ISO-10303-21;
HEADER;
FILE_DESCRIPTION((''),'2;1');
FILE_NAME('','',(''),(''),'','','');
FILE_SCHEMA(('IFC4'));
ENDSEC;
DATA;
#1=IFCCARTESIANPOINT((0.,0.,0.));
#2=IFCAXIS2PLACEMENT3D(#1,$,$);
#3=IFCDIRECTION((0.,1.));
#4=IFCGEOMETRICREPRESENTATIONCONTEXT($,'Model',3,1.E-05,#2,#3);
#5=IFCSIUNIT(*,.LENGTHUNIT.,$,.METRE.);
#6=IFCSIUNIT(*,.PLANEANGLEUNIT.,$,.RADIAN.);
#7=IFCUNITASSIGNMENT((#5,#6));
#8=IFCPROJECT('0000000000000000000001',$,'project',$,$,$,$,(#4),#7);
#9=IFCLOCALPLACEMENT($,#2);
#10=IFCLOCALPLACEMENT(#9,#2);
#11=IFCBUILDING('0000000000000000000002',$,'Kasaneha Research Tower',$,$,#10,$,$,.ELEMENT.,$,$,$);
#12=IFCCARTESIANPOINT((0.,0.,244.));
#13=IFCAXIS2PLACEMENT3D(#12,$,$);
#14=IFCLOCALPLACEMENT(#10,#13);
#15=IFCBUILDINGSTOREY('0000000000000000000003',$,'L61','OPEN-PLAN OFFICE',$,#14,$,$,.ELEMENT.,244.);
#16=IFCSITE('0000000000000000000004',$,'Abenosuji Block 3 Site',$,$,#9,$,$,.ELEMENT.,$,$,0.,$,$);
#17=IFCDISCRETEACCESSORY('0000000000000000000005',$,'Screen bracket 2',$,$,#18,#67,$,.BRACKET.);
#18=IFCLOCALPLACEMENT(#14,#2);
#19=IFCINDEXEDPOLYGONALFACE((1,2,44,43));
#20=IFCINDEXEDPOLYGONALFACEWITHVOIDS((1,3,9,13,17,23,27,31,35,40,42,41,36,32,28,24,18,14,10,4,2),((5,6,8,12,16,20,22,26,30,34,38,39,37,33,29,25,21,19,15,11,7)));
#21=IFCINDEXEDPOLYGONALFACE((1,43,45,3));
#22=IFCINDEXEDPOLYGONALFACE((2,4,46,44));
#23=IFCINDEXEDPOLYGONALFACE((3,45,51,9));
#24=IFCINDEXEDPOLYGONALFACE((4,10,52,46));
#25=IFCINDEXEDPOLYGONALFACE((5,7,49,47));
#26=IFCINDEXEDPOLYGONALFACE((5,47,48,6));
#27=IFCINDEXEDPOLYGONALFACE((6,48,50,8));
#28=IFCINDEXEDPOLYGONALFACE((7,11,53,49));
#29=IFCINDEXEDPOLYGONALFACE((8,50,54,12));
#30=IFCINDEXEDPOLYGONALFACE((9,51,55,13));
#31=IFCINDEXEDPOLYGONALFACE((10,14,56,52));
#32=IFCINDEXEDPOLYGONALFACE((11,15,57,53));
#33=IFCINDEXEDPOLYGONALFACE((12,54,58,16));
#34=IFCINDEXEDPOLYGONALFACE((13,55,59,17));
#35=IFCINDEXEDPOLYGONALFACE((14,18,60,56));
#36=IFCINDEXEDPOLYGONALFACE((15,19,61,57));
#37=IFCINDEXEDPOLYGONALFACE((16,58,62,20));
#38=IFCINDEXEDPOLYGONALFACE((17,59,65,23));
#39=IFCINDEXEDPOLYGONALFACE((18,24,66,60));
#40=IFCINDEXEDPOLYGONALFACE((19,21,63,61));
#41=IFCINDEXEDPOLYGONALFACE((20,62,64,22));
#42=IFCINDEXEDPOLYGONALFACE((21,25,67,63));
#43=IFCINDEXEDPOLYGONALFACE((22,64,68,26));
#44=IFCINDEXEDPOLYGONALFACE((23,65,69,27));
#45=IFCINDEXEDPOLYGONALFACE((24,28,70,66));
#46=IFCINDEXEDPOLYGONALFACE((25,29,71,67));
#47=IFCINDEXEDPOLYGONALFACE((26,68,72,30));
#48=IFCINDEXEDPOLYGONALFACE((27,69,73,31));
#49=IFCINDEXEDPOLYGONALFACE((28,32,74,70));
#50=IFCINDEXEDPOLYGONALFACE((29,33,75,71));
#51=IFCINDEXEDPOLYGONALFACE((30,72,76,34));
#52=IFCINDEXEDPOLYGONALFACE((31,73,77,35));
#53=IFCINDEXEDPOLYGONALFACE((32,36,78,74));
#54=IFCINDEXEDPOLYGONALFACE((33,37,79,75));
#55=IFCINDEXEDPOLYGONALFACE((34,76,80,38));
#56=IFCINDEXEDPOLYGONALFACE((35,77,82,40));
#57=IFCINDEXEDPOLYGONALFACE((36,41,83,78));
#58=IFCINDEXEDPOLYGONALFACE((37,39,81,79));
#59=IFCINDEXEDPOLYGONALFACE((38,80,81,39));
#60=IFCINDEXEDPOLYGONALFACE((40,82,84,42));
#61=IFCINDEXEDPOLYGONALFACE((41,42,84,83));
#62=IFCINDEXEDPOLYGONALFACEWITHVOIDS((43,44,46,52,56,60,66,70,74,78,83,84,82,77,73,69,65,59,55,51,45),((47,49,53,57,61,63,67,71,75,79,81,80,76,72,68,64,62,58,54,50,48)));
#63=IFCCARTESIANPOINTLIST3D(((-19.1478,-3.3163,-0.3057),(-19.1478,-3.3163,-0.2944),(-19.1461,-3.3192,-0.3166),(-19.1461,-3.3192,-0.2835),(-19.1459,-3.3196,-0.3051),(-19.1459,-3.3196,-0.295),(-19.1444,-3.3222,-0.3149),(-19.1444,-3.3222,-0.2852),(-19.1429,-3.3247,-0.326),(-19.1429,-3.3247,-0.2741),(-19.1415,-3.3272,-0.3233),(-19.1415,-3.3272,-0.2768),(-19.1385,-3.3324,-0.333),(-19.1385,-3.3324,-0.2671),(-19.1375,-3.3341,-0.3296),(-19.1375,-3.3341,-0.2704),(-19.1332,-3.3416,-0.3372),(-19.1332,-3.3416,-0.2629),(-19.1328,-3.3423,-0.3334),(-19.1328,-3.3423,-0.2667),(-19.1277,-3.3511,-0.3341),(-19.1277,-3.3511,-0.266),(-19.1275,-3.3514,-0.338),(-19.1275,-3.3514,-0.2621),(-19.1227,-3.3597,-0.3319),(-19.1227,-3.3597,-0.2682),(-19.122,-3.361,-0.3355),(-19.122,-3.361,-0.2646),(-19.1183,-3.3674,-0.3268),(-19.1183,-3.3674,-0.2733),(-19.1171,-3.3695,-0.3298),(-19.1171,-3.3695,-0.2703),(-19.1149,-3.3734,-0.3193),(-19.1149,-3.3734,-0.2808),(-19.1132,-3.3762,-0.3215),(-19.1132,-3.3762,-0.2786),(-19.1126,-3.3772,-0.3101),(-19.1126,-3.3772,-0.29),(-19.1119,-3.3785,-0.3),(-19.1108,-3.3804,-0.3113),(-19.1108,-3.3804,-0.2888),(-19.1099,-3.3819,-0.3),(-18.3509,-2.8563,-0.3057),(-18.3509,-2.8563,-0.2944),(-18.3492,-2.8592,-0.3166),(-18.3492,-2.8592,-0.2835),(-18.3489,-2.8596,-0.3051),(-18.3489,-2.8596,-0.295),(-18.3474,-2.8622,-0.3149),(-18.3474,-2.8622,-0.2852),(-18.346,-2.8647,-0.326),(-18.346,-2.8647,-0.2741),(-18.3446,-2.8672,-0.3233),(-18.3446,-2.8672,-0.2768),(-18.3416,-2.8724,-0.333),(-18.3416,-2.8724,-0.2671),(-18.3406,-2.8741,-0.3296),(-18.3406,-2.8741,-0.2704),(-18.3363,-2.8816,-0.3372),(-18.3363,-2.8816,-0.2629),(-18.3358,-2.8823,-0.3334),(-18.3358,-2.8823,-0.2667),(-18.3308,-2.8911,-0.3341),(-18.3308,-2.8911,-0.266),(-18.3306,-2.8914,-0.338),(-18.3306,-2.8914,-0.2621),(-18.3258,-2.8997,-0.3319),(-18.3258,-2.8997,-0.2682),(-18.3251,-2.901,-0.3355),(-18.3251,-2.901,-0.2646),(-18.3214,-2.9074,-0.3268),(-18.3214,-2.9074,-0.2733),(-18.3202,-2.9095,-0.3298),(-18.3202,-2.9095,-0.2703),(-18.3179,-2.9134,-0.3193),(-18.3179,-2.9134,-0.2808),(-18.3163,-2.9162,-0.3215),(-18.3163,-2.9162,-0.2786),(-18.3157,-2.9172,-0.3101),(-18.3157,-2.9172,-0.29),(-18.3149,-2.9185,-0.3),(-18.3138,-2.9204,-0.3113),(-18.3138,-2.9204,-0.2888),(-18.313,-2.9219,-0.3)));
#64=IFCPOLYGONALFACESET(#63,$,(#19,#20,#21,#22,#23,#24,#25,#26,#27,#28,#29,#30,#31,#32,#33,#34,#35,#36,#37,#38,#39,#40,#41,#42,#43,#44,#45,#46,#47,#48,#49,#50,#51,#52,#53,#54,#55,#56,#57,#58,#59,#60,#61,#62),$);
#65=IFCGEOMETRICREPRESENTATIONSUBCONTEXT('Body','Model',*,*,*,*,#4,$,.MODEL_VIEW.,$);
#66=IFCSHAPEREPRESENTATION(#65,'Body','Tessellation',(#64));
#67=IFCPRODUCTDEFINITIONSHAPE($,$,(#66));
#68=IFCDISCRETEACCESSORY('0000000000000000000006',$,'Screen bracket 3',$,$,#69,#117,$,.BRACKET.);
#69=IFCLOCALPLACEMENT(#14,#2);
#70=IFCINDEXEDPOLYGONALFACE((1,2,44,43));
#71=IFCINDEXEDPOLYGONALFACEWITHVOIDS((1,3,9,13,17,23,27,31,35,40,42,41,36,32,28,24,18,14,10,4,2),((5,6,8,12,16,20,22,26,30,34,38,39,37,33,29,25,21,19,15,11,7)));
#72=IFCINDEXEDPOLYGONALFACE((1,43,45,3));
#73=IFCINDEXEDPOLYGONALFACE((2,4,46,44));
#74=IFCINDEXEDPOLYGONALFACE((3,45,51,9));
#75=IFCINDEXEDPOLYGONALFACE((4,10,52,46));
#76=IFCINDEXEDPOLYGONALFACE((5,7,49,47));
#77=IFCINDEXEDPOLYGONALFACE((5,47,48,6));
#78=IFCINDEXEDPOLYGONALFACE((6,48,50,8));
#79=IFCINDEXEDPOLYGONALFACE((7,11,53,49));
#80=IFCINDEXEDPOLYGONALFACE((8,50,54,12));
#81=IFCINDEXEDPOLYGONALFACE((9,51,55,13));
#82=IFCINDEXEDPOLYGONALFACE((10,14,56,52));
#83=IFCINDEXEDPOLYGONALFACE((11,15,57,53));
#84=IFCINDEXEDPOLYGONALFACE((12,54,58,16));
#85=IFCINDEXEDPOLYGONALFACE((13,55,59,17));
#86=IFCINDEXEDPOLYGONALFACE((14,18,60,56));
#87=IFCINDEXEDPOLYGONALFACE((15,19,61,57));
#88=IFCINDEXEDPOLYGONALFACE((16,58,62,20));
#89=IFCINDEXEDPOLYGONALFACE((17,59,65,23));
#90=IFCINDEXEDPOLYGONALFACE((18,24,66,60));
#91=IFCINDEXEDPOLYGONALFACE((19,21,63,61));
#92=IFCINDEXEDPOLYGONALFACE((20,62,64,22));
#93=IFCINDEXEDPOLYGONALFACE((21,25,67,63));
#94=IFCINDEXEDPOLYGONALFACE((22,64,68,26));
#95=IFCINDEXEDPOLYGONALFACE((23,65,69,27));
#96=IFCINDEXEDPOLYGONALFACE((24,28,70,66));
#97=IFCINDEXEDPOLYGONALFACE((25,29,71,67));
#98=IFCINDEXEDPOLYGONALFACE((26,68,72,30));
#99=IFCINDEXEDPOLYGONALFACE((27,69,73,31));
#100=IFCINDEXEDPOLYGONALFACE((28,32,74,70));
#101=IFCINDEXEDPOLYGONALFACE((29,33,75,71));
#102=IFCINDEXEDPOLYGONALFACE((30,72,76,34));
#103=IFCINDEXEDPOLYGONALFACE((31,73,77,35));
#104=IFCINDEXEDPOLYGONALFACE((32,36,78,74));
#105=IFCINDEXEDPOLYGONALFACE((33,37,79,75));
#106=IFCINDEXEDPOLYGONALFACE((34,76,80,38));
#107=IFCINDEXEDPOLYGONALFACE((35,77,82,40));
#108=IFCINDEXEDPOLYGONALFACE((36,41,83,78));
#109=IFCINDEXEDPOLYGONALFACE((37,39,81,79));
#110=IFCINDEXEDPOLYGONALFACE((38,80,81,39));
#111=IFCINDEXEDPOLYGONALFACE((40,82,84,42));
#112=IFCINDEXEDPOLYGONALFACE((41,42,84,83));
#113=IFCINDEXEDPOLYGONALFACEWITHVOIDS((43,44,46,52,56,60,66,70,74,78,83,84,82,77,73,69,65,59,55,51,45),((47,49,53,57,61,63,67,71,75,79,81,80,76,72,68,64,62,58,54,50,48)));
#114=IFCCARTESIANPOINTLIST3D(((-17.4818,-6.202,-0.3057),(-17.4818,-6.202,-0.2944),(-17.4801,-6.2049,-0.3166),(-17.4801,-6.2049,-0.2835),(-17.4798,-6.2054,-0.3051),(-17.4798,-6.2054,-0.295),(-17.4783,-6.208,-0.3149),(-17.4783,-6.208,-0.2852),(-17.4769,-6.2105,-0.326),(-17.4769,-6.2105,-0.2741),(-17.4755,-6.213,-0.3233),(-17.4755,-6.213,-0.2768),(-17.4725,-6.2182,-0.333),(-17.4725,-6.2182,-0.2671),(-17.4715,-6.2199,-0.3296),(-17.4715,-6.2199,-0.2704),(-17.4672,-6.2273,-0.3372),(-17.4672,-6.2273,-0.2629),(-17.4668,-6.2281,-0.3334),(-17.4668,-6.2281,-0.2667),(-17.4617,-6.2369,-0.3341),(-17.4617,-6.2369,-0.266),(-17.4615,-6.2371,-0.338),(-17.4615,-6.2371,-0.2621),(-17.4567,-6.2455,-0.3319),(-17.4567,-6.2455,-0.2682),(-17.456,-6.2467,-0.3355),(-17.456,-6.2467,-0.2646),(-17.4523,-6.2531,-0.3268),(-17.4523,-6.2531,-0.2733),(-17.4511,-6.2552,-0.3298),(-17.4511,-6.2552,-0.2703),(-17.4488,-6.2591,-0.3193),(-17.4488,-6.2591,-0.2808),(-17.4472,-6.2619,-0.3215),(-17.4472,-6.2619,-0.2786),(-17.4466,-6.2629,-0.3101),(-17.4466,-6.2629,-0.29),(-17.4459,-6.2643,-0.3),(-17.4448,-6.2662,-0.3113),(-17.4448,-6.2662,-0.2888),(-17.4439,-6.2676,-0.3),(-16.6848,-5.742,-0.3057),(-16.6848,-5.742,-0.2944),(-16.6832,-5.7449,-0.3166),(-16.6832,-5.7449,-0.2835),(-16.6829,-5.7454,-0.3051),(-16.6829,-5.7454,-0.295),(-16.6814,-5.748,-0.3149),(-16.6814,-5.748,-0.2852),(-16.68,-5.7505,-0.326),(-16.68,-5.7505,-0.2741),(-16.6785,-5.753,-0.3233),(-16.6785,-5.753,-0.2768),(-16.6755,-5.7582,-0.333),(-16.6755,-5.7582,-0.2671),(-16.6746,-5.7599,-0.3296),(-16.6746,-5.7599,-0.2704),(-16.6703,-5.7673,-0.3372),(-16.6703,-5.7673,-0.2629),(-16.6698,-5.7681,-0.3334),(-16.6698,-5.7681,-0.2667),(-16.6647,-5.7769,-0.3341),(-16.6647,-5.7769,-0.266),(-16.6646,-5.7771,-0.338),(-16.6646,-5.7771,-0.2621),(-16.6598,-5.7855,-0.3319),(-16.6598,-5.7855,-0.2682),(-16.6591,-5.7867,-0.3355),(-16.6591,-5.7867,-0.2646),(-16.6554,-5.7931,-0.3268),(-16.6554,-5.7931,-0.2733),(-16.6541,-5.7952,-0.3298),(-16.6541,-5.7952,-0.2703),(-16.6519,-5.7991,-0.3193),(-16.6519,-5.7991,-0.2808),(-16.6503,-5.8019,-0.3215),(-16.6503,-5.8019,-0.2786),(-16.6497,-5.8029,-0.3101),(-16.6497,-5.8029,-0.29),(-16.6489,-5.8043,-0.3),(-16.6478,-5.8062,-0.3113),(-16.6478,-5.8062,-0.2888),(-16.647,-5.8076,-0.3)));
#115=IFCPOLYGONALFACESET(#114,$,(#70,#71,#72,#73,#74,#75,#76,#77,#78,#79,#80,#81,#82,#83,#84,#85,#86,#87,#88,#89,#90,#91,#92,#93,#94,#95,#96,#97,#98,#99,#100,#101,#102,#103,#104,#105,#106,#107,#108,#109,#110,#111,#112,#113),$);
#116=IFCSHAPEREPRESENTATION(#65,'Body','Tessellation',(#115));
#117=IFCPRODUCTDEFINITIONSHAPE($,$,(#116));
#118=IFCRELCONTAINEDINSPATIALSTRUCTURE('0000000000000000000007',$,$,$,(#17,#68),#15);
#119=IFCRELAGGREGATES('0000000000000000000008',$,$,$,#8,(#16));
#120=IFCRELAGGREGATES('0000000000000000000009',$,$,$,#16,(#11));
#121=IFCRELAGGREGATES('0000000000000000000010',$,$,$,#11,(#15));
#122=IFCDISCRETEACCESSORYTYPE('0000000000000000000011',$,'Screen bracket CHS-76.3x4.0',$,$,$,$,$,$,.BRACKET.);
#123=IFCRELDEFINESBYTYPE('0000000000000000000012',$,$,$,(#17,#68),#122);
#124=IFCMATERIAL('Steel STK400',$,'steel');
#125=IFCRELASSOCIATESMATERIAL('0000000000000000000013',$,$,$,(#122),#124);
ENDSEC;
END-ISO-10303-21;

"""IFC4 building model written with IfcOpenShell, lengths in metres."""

from ifc_helpers import new_model, si_unit, direction, frame, origin, origin_2d, place, context, subcontext, project, spatial, hollow_circle, extrude, material, material_profile, profile_set, type_object, element, save


model = new_model("IFC4")

# Units and contexts
model_context = context("Model", 3, precision=1e-05, world=origin(), true_north=direction((0.0, 1.0)))
body_context = subcontext(model_context, "Body", "Model", "MODEL_VIEW")
ifc_project = project(units=[si_unit("LENGTHUNIT", "METRE"), si_unit("PLANEANGLEUNIT", "RADIAN")], contexts=[model_context])

# Site, building, storey
site_placement = place(None, origin())
site = spatial("IfcSite", under=ifc_project, at=site_placement, Name="Abenosuji Block 3 Site", CompositionType="ELEMENT", RefElevation=0.0)
building_placement = place(site_placement, origin())
building = spatial("IfcBuilding", under=site, at=building_placement, Name="Kasaneha Research Tower", CompositionType="ELEMENT")
storey_placement = place(building_placement, frame((0.0, 0.0, 244.0)))
storey = spatial("IfcBuildingStorey", under=building, at=storey_placement, Name="L61", Description="OPEN-PLAN OFFICE", CompositionType="ELEMENT", Elevation=244.0)

# Discrete accessories
ifc_material_1 = material(Name="Steel STK400", Category="steel")
ifc_material_profile_1 = material_profile(ifc_material_1, hollow_circle(Radius=0.0381, WallThickness=0.0039, at=origin_2d()), Name="CHS-76.3x4.0")
ifc_profile_set_1 = profile_set([ifc_material_profile_1], Name="Steel STK400")
discrete_accessory_type = type_object("IfcDiscreteAccessoryType", Name="Screen bracket CHS-76.3x4.0", PredefinedType="BRACKET", material=ifc_profile_set_1)
for number, where, z_axis, x_axis, name in (
    (1, (-18.332, -2.8889, -0.3), (-0.86608, -0.499906, 0.0), (0.499906, -0.86608, 0.0), "Screen bracket 2"),
    (2, (-16.666, -5.7747, -0.3), (-0.86608, -0.499906, 0.0), (0.499906, -0.86608, 0.0), "Screen bracket 3"),
):
    element("IfcDiscreteAccessory", number, at=place(storey_placement, frame(where, z_axis=z_axis, x_axis=x_axis)), inside=storey, type_object=discrete_accessory_type, Name=name, PredefinedType="BRACKET", context=body_context, shape_type="SweptSolid", body=[
        extrude(hollow_circle(Radius=0.0381, WallThickness=0.0039, at=origin_2d()), origin(), (0.0, 0.0, 1.0), 0.9202),
    ])

save(model, "model.ifc")
